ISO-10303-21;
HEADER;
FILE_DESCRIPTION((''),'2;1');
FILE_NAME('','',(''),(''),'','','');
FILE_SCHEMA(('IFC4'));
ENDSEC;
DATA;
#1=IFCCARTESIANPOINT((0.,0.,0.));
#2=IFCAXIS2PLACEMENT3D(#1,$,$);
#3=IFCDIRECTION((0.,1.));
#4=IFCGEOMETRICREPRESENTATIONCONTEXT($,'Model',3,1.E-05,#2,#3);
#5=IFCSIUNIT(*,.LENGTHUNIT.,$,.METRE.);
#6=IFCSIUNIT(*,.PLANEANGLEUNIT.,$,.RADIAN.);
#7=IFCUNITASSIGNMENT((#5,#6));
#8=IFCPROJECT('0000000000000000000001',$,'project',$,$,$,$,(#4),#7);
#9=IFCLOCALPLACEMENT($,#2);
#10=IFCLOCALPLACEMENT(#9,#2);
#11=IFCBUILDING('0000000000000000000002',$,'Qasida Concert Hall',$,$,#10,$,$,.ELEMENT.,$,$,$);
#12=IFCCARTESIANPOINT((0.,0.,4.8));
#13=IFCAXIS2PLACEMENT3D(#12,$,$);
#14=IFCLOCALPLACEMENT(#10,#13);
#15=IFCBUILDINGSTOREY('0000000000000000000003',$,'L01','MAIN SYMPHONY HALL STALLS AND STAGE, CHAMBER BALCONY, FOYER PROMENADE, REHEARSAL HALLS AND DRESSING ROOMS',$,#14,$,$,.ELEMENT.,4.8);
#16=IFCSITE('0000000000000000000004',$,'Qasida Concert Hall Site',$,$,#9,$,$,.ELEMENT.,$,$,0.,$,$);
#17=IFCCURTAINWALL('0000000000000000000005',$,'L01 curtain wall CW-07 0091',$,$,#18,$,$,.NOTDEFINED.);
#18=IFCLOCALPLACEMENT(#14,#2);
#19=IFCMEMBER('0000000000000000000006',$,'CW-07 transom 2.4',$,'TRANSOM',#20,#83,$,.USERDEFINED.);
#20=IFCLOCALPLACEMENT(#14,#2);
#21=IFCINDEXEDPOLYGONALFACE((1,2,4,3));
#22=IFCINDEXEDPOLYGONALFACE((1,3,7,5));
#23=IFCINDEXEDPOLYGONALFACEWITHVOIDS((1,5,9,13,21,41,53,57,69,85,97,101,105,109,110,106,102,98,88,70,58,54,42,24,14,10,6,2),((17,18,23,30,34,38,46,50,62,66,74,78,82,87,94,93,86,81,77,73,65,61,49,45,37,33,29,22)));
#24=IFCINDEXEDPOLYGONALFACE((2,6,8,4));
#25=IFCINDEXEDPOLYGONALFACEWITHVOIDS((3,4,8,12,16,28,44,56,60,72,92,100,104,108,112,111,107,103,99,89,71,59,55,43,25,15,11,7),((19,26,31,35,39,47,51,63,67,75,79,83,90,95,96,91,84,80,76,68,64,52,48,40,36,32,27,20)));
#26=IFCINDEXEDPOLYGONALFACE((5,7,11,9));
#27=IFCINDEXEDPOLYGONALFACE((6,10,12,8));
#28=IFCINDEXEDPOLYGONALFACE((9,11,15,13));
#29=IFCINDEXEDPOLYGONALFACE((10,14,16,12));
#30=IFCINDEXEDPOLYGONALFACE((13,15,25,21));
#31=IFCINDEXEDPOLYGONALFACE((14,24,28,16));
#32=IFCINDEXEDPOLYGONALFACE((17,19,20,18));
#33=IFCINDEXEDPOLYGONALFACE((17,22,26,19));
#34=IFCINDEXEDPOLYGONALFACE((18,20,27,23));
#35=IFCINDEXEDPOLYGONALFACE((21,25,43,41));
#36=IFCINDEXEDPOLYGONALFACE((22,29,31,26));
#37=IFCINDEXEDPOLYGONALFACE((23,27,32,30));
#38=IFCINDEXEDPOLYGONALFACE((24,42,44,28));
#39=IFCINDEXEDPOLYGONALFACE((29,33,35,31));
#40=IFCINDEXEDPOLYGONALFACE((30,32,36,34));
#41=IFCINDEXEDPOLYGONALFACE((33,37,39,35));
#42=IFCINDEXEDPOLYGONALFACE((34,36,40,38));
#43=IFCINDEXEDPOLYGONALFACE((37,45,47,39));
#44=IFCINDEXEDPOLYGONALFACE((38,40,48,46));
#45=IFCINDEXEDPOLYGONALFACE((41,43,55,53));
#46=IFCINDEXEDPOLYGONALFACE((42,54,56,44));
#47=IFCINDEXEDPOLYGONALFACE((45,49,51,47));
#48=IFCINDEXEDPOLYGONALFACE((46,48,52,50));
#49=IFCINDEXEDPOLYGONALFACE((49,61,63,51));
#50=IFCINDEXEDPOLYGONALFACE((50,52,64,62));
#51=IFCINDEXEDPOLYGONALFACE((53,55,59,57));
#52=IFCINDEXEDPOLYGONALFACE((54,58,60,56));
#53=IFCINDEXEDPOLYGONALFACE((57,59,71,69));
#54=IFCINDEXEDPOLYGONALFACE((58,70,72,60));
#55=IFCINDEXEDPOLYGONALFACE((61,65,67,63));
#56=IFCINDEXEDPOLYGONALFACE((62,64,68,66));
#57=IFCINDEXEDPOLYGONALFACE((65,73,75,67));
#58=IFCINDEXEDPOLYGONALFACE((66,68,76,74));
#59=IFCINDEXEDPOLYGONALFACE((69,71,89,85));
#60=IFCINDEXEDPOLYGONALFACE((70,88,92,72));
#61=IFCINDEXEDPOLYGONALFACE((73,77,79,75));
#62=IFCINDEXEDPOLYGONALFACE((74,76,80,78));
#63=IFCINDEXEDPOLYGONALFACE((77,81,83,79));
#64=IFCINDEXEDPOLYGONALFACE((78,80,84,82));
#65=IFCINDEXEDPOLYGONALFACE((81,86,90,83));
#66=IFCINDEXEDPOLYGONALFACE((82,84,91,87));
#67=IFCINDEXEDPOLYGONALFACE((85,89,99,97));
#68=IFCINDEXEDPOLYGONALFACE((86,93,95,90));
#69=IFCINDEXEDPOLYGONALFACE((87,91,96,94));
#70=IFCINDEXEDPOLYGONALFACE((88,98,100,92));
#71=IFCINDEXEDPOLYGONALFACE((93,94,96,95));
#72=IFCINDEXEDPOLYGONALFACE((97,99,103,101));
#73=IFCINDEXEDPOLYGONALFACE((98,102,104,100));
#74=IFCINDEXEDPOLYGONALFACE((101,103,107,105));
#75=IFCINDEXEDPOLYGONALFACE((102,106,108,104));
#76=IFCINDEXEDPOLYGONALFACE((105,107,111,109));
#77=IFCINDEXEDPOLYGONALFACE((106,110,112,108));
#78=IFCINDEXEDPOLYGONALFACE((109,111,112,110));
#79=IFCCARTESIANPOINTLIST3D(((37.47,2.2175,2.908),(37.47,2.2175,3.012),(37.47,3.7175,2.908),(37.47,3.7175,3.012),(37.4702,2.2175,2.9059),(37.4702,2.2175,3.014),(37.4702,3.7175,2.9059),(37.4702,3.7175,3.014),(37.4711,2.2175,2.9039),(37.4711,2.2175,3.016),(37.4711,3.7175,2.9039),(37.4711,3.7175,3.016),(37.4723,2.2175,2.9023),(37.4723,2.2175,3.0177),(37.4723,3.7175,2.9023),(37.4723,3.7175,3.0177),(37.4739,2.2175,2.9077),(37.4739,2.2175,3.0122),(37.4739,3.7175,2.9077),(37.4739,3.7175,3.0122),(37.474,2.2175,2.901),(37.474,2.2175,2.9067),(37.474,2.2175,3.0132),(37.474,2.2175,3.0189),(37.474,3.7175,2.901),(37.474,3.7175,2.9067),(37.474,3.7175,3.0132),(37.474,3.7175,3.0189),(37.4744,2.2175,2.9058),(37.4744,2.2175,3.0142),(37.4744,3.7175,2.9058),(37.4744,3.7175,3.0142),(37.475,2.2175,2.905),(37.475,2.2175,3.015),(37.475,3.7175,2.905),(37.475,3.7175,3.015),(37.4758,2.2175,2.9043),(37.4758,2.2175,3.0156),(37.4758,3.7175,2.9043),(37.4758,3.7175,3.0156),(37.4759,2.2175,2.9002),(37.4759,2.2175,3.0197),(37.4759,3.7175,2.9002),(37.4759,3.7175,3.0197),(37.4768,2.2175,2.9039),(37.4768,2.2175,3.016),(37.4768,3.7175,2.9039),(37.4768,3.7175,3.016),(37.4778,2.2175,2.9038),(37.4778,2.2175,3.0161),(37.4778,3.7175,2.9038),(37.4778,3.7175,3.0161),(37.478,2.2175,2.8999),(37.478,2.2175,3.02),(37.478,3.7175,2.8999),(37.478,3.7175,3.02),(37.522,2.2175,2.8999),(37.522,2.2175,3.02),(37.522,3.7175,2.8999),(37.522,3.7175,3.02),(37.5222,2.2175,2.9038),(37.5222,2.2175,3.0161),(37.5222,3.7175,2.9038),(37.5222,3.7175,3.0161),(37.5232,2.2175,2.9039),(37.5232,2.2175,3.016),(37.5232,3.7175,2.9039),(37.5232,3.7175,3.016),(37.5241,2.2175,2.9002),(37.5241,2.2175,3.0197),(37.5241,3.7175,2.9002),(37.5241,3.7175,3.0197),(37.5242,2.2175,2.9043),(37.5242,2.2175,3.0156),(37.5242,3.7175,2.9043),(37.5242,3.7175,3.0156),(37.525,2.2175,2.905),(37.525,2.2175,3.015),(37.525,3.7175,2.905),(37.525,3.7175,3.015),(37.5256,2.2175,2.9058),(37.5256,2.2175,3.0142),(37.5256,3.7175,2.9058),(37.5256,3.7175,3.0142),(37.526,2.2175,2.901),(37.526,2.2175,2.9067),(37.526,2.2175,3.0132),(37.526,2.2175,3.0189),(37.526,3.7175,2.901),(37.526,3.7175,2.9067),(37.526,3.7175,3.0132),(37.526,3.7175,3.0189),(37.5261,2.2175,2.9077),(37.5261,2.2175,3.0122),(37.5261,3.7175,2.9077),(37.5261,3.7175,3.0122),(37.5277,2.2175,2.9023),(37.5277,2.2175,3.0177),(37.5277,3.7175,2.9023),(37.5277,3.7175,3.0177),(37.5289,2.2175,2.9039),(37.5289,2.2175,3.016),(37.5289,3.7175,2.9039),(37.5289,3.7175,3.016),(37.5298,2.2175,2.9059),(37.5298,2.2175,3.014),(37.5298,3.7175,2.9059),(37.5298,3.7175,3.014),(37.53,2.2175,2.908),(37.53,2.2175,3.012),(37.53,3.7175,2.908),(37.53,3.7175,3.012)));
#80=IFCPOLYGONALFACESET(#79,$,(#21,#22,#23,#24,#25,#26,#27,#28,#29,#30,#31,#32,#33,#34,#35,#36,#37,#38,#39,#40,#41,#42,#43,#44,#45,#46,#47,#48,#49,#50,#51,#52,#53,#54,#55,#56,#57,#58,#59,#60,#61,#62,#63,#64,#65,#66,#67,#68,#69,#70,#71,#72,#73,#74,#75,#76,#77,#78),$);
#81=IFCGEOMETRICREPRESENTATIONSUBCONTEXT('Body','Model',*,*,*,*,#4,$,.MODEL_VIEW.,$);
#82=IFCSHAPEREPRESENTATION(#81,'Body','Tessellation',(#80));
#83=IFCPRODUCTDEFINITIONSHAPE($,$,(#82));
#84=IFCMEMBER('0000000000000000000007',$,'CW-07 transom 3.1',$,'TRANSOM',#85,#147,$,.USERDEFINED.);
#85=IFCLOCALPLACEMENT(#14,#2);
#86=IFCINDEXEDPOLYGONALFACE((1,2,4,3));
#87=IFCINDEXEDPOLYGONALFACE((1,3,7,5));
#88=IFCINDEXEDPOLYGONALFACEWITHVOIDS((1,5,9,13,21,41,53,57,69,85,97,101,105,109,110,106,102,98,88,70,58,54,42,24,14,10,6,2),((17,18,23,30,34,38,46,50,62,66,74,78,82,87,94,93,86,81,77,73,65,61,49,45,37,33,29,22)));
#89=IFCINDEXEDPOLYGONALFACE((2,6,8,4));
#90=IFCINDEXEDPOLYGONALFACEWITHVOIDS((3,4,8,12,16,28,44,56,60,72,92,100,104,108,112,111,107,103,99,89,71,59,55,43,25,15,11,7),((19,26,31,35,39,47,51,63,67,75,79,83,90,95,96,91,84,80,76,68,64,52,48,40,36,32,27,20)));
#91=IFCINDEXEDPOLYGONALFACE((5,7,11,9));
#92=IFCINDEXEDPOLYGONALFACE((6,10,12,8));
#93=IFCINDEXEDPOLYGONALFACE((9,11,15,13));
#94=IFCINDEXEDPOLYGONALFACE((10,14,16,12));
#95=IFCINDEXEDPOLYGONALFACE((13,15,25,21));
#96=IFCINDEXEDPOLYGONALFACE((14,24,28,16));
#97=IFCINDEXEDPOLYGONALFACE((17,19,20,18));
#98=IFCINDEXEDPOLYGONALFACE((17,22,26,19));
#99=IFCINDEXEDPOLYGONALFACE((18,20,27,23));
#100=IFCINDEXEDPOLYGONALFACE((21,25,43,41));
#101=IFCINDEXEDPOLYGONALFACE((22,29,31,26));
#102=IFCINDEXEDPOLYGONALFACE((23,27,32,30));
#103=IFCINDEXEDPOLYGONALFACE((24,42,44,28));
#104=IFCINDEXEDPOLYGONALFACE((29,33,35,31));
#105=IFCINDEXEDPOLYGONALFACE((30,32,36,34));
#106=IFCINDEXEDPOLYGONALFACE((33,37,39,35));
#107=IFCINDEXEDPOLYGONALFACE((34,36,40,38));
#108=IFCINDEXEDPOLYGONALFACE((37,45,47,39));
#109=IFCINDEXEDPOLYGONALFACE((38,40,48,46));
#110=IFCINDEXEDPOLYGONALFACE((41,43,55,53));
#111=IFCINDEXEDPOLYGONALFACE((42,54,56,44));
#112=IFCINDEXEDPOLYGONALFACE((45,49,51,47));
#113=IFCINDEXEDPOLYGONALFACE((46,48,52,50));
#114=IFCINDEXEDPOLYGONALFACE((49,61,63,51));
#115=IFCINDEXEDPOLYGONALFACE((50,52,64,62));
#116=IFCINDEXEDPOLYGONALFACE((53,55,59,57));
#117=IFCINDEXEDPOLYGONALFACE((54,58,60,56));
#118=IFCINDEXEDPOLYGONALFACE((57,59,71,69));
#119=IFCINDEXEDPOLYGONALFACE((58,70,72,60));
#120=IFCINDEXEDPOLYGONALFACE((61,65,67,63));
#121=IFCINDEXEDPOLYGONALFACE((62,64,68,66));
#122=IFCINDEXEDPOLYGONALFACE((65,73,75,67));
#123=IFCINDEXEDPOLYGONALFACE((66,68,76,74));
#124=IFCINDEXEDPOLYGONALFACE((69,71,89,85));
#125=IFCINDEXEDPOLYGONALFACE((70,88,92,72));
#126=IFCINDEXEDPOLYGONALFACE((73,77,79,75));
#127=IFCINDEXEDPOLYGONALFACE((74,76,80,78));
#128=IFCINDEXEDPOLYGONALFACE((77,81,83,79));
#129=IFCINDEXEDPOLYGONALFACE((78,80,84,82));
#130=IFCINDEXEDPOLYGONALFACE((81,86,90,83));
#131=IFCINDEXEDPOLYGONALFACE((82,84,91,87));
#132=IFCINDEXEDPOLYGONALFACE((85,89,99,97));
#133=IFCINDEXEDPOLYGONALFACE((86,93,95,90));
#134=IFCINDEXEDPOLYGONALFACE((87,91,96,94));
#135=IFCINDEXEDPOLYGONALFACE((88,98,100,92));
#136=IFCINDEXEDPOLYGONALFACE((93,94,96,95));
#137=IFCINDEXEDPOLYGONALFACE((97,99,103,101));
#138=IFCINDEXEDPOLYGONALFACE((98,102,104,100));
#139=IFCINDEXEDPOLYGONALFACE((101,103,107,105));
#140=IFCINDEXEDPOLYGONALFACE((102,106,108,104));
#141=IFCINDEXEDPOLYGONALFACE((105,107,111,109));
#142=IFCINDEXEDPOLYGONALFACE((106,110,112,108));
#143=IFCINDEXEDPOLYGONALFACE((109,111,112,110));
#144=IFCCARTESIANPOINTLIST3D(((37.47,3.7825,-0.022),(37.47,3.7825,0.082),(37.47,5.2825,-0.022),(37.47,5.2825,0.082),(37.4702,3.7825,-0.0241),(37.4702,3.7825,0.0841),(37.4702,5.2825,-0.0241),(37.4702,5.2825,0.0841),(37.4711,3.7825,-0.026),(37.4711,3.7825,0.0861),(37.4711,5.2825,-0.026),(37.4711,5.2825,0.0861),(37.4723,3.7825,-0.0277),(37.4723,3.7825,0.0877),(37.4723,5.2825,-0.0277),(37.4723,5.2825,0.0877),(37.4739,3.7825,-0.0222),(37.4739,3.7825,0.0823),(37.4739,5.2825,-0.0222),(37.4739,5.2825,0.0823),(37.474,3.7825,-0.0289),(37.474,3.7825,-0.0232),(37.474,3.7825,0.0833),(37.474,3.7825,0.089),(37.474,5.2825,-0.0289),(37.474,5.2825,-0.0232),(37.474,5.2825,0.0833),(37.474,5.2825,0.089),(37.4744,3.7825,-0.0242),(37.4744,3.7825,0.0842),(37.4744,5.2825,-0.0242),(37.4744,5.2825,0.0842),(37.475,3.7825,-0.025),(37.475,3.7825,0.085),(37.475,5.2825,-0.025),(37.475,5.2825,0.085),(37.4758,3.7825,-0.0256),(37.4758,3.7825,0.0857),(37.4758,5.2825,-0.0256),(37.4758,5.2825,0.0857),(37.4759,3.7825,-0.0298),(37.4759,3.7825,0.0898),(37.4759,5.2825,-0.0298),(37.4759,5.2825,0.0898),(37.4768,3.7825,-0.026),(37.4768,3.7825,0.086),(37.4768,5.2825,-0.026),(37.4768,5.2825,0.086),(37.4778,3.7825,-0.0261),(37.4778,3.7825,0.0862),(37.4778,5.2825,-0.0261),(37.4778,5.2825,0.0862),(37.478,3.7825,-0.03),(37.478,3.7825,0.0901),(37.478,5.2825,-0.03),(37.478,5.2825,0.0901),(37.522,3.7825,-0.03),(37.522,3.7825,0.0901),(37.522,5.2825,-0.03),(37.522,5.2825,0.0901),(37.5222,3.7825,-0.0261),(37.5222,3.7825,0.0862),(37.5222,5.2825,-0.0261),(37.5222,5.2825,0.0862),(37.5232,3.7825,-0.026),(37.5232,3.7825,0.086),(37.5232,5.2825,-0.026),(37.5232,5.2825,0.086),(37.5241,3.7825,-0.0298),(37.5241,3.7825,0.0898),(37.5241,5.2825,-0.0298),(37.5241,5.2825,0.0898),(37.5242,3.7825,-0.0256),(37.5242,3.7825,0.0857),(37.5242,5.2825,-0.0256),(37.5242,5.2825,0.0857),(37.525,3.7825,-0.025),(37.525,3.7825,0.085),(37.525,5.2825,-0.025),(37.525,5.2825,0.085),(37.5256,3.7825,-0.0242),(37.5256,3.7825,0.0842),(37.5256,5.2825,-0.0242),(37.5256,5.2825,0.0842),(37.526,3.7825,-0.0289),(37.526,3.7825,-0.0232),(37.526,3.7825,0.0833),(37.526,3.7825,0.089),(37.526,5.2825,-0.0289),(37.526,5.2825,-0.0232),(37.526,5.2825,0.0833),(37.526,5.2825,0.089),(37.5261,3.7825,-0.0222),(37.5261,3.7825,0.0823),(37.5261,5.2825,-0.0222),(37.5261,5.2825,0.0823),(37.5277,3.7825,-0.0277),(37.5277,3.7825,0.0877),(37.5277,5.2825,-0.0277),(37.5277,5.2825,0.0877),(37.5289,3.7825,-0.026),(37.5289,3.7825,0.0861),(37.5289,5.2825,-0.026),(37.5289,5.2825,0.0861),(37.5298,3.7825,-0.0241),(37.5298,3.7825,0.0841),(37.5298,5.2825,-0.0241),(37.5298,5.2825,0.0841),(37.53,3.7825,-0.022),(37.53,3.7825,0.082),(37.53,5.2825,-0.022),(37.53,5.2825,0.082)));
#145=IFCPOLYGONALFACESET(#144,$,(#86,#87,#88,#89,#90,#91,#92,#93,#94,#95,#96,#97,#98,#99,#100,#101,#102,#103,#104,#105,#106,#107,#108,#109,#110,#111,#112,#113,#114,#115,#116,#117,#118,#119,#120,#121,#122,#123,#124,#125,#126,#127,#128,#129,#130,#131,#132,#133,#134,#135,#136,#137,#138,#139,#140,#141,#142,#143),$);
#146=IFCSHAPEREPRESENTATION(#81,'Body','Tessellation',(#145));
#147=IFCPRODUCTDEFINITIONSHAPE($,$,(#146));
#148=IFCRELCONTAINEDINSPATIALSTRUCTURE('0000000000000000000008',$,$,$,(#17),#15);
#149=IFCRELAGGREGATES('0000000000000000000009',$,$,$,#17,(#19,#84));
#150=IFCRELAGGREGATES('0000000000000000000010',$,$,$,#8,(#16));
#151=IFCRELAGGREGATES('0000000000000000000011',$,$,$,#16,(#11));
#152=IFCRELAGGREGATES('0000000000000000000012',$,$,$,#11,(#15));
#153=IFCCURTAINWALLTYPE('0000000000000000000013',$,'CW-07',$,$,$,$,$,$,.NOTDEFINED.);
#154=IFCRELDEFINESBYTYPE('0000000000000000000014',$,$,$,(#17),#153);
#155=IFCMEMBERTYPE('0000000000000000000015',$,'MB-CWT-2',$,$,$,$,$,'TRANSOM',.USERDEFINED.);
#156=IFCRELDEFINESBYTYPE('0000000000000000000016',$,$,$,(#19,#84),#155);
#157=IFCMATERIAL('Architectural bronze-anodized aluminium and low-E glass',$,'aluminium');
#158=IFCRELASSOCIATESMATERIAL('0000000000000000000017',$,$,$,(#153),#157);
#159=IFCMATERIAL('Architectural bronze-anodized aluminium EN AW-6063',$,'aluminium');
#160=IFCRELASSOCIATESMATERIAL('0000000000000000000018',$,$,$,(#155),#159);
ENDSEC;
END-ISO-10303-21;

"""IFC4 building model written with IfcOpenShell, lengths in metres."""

from ifc_helpers import new_model, si_unit, direction, frame, origin, origin_2d, place, context, subcontext, project, spatial, hollow_rectangle, extrude, material, material_profile, profile_set, type_object, element, aggregate, save


model = new_model("IFC4")

# Units and contexts
model_context = context("Model", 3, precision=1e-05, world=origin(), true_north=direction((0.0, 1.0)))
body_context = subcontext(model_context, "Body", "Model", "MODEL_VIEW")
ifc_project = project(units=[si_unit("LENGTHUNIT", "METRE"), si_unit("PLANEANGLEUNIT", "RADIAN")], contexts=[model_context])

# Site, building, storey
site_placement = place(None, origin())
site = spatial("IfcSite", under=ifc_project, at=site_placement, Name="Qasida Concert Hall Site", CompositionType="ELEMENT", RefElevation=0.0)
building_placement = place(site_placement, origin())
building = spatial("IfcBuilding", under=site, at=building_placement, Name="Qasida Concert Hall", CompositionType="ELEMENT")
storey_placement = place(building_placement, frame((0.0, 0.0, 4.8)))
storey = spatial("IfcBuildingStorey", under=building, at=storey_placement, Name="L01", Description="MAIN SYMPHONY HALL STALLS AND STAGE, CHAMBER BALCONY, FOYER PROMENADE, REHEARSAL HALLS AND DRESSING ROOMS", CompositionType="ELEMENT", Elevation=4.8)

# Curtain wall, members
ifc_material_1 = material(Name="Architectural bronze-anodized aluminium and low-E glass", Category="aluminium")
curtain_wall_type = type_object("IfcCurtainWallType", Name="CW-07", PredefinedType="NOTDEFINED", material=ifc_material_1)
curtain_wall_placement = place(storey_placement, origin())
curtain_wall = element("IfcCurtainWall", 1, at=curtain_wall_placement, inside=storey, type_object=curtain_wall_type, Name="L01 curtain wall CW-07 0091", PredefinedType="NOTDEFINED")
ifc_material_2 = material(Name="Architectural bronze-anodized aluminium EN AW-6063", Category="aluminium")
ifc_material_profile_1 = material_profile(ifc_material_2, hollow_rectangle(XDim=0.0601, YDim=0.1201, WallThickness=0.0039, InnerFilletRadius=0.0039, OuterFilletRadius=0.0081, at=origin_2d()), Name="CWT 120x60x4")
ifc_profile_set_1 = profile_set([ifc_material_profile_1], Name="Architectural bronze-anodized aluminium EN AW-6063")
member_type_1 = type_object("IfcMemberType", Name="MB-CWT-2", ElementType="TRANSOM", PredefinedType="USERDEFINED", material=ifc_profile_set_1)
member_1_placement = place(storey_placement, frame((37.5, 2.2175, 2.96), z_axis=(0.0, 1.0, 0.0), x_axis=(-1.0, 0.0, 0.0)))
member_1 = element("IfcMember", 2, at=member_1_placement, type_object=member_type_1, Name="CW-07 transom 2.4", ObjectType="TRANSOM", PredefinedType="USERDEFINED", context=body_context, shape_type="SweptSolid", body=[
    extrude(hollow_rectangle(XDim=0.0601, YDim=0.1201, WallThickness=0.0039, InnerFilletRadius=0.0039, OuterFilletRadius=0.0081, at=origin_2d()), origin(), (0.0, 0.0, 1.0), 1.5),
])
member_2_placement = place(storey_placement, frame((37.5, 3.7825, 0.03), z_axis=(0.0, 1.0, 0.0), x_axis=(-1.0, 0.0, 0.0)))
member_2 = element("IfcMember", 3, at=member_2_placement, type_object=member_type_1, Name="CW-07 transom 3.1", ObjectType="TRANSOM", PredefinedType="USERDEFINED", context=body_context, shape_type="SweptSolid", body=[
    extrude(hollow_rectangle(XDim=0.0601, YDim=0.1201, WallThickness=0.0039, InnerFilletRadius=0.0039, OuterFilletRadius=0.0081, at=origin_2d()), origin(), (0.0, 0.0, 1.0), 1.5),
])
aggregate(curtain_wall, [member_1, member_2])

save(model, "model.ifc")
